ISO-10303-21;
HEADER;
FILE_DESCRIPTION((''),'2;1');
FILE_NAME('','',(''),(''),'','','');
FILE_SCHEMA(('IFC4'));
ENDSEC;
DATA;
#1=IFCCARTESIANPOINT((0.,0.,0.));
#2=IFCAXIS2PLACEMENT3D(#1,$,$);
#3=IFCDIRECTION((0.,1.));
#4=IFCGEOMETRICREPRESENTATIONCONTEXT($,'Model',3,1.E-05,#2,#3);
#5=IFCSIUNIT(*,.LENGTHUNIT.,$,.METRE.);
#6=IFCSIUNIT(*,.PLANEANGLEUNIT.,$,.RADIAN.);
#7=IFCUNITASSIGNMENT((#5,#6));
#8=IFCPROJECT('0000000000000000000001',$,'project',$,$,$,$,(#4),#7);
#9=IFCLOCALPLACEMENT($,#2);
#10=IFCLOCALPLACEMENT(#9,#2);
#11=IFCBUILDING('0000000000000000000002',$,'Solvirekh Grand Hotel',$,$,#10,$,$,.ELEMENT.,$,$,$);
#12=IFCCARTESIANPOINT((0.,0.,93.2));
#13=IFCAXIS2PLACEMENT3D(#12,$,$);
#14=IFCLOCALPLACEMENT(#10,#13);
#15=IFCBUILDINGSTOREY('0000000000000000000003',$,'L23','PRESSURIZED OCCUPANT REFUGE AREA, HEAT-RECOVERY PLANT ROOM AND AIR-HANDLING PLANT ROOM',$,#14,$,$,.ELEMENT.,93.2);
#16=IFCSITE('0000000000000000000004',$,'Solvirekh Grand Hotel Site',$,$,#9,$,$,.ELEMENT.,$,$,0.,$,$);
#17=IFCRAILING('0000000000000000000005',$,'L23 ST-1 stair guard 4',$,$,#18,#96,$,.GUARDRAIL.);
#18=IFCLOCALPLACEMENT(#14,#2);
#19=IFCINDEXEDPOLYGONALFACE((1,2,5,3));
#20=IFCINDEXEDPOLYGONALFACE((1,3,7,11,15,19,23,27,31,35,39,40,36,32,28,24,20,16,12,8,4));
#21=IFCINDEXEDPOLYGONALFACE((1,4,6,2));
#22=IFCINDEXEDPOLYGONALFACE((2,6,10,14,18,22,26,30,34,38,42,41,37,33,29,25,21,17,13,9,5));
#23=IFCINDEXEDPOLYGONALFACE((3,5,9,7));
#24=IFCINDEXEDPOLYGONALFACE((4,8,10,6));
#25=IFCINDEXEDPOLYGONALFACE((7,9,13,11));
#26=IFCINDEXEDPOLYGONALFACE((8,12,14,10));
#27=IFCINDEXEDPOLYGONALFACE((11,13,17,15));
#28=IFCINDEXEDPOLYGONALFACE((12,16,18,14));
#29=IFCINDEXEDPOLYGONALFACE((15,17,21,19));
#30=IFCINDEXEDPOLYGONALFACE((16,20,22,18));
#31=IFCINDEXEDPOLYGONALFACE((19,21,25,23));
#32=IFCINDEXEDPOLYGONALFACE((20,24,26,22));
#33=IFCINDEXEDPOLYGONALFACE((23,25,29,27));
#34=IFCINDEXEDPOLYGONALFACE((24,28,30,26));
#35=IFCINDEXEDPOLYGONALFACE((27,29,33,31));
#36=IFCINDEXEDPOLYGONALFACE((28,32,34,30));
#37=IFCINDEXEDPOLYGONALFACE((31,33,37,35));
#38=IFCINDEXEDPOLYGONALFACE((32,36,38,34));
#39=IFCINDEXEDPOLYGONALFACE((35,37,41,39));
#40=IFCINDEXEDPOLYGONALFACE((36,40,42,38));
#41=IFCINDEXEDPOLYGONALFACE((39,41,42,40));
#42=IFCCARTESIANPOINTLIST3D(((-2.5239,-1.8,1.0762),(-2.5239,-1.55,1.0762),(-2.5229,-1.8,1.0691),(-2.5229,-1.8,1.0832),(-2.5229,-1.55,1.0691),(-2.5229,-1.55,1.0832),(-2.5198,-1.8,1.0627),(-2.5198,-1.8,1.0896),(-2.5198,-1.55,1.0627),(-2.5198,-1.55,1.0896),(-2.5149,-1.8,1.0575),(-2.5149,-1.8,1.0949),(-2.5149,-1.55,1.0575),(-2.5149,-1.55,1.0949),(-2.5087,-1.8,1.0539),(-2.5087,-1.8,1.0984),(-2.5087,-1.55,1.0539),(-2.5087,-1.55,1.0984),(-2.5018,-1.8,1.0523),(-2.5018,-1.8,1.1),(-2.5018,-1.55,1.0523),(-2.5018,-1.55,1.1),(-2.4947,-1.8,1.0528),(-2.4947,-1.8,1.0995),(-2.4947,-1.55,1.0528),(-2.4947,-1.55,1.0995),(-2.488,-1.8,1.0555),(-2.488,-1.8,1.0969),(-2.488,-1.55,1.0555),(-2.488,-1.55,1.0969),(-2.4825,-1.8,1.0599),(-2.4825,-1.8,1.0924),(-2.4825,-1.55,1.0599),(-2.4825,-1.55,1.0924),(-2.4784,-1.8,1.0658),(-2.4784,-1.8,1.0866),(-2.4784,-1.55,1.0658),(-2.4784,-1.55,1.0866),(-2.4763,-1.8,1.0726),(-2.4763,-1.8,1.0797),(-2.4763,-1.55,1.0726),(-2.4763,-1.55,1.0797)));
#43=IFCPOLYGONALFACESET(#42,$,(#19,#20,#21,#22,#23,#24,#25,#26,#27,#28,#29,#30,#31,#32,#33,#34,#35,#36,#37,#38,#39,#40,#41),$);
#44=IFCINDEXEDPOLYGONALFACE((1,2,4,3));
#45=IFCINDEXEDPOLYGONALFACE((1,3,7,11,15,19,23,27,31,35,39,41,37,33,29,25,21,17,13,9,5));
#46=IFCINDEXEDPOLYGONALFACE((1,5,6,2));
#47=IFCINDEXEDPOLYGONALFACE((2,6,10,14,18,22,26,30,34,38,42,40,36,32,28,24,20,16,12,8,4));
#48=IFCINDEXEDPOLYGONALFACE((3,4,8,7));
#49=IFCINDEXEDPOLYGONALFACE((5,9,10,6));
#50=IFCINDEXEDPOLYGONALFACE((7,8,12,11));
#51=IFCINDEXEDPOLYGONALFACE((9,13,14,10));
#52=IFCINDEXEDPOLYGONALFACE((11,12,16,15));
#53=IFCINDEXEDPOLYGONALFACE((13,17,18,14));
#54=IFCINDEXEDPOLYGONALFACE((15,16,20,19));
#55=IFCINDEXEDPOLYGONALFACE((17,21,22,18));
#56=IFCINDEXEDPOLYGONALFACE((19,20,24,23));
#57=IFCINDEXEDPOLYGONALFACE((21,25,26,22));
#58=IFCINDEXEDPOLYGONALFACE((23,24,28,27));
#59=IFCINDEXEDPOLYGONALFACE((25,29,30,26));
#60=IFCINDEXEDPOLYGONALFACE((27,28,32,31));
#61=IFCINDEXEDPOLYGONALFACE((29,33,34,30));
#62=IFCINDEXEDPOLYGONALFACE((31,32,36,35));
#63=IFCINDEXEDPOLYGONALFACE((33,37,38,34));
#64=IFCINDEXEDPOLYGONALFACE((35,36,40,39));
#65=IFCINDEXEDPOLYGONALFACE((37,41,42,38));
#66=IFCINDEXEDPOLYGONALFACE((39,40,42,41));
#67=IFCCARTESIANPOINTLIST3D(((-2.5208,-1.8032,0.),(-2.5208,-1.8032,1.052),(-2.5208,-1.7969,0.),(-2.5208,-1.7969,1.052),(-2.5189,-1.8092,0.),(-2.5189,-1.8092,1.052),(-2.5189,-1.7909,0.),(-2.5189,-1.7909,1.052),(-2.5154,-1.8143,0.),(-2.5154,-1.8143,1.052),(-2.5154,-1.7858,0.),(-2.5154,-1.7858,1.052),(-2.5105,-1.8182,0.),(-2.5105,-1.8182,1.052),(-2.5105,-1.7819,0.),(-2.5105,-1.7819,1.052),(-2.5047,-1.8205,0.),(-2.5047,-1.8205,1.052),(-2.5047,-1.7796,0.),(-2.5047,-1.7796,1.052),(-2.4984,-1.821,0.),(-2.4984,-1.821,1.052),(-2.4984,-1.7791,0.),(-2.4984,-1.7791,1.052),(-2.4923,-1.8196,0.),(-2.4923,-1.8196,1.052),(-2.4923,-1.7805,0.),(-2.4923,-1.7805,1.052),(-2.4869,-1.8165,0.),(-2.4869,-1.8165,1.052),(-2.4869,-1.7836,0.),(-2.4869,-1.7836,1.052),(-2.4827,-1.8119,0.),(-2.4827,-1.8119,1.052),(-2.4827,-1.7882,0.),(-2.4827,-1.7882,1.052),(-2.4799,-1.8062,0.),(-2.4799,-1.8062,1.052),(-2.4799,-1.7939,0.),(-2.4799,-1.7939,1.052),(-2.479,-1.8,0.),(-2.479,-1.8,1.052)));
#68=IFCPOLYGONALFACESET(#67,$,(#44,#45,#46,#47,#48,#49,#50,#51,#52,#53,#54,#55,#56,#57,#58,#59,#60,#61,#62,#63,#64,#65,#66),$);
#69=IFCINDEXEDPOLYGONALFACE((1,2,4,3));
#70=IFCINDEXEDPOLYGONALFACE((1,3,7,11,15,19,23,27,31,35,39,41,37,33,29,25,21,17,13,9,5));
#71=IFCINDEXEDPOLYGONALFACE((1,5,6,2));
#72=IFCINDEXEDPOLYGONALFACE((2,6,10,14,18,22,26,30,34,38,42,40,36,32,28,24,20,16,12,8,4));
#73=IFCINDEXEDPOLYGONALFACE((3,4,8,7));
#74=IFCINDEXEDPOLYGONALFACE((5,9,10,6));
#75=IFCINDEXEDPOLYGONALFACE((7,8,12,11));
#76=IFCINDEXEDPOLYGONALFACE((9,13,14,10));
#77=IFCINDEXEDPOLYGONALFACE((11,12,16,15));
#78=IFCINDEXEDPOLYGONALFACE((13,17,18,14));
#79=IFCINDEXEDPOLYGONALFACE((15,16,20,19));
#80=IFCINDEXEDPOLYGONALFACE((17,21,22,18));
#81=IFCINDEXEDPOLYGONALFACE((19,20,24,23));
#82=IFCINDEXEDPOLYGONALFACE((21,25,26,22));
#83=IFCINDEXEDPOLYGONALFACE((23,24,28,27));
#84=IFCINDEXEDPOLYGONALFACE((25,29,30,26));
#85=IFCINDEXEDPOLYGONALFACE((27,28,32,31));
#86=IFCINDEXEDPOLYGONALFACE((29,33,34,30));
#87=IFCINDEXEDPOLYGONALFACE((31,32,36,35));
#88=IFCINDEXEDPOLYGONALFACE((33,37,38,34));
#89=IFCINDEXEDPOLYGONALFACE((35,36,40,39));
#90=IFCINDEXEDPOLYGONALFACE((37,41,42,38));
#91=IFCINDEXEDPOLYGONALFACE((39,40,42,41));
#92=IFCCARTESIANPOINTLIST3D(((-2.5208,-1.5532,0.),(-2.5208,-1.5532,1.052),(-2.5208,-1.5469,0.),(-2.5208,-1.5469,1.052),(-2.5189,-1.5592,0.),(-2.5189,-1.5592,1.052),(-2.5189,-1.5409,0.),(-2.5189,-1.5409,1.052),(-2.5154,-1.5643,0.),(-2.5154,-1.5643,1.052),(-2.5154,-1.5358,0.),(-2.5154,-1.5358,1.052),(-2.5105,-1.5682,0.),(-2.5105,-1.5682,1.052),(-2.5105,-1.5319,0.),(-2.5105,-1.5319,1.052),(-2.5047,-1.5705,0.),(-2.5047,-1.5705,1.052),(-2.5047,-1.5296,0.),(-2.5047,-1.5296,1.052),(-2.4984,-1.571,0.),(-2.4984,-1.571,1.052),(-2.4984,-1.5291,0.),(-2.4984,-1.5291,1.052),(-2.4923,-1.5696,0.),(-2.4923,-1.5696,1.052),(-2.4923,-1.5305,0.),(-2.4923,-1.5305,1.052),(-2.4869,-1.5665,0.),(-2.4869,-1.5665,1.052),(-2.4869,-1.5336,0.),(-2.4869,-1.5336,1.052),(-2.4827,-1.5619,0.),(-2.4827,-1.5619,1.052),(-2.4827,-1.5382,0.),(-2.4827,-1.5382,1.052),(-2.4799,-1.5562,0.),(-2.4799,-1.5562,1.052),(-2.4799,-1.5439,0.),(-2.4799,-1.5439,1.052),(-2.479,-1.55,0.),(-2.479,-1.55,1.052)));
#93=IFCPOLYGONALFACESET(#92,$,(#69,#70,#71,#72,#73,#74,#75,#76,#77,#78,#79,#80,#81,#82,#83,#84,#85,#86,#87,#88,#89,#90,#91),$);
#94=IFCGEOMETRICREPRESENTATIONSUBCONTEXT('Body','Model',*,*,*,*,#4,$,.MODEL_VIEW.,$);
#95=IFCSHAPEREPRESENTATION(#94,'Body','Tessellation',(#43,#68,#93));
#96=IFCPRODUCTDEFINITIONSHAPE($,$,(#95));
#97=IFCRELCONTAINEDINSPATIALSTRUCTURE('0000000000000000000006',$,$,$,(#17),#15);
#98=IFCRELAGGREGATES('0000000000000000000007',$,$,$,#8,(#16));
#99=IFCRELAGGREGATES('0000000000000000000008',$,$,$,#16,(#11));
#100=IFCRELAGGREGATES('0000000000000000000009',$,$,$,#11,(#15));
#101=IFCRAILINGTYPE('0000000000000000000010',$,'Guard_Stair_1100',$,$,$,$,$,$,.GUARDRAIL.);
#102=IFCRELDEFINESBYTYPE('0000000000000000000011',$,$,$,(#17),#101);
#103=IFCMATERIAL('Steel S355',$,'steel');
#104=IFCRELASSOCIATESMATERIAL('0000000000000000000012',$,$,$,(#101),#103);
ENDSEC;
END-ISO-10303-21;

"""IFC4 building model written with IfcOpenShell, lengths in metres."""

from ifc_helpers import new_model, si_unit, direction, frame, origin, origin_2d, place, context, subcontext, project, spatial, circle, extrude, material, type_object, element, save


model = new_model("IFC4")

# Units and contexts
model_context = context("Model", 3, precision=1e-05, world=origin(), true_north=direction((0.0, 1.0)))
body_context = subcontext(model_context, "Body", "Model", "MODEL_VIEW")
ifc_project = project(units=[si_unit("LENGTHUNIT", "METRE"), si_unit("PLANEANGLEUNIT", "RADIAN")], contexts=[model_context])

# Site, building, storey
site_placement = place(None, origin())
site = spatial("IfcSite", under=ifc_project, at=site_placement, Name="Solvirekh Grand Hotel Site", CompositionType="ELEMENT", RefElevation=0.0)
building_placement = place(site_placement, origin())
building = spatial("IfcBuilding", under=site, at=building_placement, Name="Solvirekh Grand Hotel", CompositionType="ELEMENT")
storey_placement = place(building_placement, frame((0.0, 0.0, 93.2)))
storey = spatial("IfcBuildingStorey", under=building, at=storey_placement, Name="L23", Description="PRESSURIZED OCCUPANT REFUGE AREA, HEAT-RECOVERY PLANT ROOM AND AIR-HANDLING PLANT ROOM", CompositionType="ELEMENT", Elevation=93.2)

# Railing
ifc_material_1 = material(Name="Steel S355", Category="steel")
railing_type_1 = type_object("IfcRailingType", Name="Guard_Stair_1100", PredefinedType="GUARDRAIL", material=ifc_material_1)
railing_1_placement = place(storey_placement, frame((-2.5, -1.8, 0.0)))
element("IfcRailing", 1, at=railing_1_placement, inside=storey, type_object=railing_type_1, Name="L23 ST-1 stair guard 4", PredefinedType="GUARDRAIL", context=body_context, shape_type="SweptSolid", body=[
    extrude(circle(Radius=0.0239, at=origin_2d()), frame((0.0, 0.0, 1.0762), z_axis=(0.0, 1.0, 0.0), x_axis=(-1.0, 0.0, 0.0)), (0.0, 0.0, 1.0), 0.25),
    extrude(circle(Radius=0.021, at=origin_2d()), origin(), (0.0, 0.0, 1.0), 1.052),
    extrude(circle(Radius=0.021, at=origin_2d()), frame((0.0, 0.25, 0.0)), (0.0, 0.0, 1.0), 1.052),
])

save(model, "model.ifc")
